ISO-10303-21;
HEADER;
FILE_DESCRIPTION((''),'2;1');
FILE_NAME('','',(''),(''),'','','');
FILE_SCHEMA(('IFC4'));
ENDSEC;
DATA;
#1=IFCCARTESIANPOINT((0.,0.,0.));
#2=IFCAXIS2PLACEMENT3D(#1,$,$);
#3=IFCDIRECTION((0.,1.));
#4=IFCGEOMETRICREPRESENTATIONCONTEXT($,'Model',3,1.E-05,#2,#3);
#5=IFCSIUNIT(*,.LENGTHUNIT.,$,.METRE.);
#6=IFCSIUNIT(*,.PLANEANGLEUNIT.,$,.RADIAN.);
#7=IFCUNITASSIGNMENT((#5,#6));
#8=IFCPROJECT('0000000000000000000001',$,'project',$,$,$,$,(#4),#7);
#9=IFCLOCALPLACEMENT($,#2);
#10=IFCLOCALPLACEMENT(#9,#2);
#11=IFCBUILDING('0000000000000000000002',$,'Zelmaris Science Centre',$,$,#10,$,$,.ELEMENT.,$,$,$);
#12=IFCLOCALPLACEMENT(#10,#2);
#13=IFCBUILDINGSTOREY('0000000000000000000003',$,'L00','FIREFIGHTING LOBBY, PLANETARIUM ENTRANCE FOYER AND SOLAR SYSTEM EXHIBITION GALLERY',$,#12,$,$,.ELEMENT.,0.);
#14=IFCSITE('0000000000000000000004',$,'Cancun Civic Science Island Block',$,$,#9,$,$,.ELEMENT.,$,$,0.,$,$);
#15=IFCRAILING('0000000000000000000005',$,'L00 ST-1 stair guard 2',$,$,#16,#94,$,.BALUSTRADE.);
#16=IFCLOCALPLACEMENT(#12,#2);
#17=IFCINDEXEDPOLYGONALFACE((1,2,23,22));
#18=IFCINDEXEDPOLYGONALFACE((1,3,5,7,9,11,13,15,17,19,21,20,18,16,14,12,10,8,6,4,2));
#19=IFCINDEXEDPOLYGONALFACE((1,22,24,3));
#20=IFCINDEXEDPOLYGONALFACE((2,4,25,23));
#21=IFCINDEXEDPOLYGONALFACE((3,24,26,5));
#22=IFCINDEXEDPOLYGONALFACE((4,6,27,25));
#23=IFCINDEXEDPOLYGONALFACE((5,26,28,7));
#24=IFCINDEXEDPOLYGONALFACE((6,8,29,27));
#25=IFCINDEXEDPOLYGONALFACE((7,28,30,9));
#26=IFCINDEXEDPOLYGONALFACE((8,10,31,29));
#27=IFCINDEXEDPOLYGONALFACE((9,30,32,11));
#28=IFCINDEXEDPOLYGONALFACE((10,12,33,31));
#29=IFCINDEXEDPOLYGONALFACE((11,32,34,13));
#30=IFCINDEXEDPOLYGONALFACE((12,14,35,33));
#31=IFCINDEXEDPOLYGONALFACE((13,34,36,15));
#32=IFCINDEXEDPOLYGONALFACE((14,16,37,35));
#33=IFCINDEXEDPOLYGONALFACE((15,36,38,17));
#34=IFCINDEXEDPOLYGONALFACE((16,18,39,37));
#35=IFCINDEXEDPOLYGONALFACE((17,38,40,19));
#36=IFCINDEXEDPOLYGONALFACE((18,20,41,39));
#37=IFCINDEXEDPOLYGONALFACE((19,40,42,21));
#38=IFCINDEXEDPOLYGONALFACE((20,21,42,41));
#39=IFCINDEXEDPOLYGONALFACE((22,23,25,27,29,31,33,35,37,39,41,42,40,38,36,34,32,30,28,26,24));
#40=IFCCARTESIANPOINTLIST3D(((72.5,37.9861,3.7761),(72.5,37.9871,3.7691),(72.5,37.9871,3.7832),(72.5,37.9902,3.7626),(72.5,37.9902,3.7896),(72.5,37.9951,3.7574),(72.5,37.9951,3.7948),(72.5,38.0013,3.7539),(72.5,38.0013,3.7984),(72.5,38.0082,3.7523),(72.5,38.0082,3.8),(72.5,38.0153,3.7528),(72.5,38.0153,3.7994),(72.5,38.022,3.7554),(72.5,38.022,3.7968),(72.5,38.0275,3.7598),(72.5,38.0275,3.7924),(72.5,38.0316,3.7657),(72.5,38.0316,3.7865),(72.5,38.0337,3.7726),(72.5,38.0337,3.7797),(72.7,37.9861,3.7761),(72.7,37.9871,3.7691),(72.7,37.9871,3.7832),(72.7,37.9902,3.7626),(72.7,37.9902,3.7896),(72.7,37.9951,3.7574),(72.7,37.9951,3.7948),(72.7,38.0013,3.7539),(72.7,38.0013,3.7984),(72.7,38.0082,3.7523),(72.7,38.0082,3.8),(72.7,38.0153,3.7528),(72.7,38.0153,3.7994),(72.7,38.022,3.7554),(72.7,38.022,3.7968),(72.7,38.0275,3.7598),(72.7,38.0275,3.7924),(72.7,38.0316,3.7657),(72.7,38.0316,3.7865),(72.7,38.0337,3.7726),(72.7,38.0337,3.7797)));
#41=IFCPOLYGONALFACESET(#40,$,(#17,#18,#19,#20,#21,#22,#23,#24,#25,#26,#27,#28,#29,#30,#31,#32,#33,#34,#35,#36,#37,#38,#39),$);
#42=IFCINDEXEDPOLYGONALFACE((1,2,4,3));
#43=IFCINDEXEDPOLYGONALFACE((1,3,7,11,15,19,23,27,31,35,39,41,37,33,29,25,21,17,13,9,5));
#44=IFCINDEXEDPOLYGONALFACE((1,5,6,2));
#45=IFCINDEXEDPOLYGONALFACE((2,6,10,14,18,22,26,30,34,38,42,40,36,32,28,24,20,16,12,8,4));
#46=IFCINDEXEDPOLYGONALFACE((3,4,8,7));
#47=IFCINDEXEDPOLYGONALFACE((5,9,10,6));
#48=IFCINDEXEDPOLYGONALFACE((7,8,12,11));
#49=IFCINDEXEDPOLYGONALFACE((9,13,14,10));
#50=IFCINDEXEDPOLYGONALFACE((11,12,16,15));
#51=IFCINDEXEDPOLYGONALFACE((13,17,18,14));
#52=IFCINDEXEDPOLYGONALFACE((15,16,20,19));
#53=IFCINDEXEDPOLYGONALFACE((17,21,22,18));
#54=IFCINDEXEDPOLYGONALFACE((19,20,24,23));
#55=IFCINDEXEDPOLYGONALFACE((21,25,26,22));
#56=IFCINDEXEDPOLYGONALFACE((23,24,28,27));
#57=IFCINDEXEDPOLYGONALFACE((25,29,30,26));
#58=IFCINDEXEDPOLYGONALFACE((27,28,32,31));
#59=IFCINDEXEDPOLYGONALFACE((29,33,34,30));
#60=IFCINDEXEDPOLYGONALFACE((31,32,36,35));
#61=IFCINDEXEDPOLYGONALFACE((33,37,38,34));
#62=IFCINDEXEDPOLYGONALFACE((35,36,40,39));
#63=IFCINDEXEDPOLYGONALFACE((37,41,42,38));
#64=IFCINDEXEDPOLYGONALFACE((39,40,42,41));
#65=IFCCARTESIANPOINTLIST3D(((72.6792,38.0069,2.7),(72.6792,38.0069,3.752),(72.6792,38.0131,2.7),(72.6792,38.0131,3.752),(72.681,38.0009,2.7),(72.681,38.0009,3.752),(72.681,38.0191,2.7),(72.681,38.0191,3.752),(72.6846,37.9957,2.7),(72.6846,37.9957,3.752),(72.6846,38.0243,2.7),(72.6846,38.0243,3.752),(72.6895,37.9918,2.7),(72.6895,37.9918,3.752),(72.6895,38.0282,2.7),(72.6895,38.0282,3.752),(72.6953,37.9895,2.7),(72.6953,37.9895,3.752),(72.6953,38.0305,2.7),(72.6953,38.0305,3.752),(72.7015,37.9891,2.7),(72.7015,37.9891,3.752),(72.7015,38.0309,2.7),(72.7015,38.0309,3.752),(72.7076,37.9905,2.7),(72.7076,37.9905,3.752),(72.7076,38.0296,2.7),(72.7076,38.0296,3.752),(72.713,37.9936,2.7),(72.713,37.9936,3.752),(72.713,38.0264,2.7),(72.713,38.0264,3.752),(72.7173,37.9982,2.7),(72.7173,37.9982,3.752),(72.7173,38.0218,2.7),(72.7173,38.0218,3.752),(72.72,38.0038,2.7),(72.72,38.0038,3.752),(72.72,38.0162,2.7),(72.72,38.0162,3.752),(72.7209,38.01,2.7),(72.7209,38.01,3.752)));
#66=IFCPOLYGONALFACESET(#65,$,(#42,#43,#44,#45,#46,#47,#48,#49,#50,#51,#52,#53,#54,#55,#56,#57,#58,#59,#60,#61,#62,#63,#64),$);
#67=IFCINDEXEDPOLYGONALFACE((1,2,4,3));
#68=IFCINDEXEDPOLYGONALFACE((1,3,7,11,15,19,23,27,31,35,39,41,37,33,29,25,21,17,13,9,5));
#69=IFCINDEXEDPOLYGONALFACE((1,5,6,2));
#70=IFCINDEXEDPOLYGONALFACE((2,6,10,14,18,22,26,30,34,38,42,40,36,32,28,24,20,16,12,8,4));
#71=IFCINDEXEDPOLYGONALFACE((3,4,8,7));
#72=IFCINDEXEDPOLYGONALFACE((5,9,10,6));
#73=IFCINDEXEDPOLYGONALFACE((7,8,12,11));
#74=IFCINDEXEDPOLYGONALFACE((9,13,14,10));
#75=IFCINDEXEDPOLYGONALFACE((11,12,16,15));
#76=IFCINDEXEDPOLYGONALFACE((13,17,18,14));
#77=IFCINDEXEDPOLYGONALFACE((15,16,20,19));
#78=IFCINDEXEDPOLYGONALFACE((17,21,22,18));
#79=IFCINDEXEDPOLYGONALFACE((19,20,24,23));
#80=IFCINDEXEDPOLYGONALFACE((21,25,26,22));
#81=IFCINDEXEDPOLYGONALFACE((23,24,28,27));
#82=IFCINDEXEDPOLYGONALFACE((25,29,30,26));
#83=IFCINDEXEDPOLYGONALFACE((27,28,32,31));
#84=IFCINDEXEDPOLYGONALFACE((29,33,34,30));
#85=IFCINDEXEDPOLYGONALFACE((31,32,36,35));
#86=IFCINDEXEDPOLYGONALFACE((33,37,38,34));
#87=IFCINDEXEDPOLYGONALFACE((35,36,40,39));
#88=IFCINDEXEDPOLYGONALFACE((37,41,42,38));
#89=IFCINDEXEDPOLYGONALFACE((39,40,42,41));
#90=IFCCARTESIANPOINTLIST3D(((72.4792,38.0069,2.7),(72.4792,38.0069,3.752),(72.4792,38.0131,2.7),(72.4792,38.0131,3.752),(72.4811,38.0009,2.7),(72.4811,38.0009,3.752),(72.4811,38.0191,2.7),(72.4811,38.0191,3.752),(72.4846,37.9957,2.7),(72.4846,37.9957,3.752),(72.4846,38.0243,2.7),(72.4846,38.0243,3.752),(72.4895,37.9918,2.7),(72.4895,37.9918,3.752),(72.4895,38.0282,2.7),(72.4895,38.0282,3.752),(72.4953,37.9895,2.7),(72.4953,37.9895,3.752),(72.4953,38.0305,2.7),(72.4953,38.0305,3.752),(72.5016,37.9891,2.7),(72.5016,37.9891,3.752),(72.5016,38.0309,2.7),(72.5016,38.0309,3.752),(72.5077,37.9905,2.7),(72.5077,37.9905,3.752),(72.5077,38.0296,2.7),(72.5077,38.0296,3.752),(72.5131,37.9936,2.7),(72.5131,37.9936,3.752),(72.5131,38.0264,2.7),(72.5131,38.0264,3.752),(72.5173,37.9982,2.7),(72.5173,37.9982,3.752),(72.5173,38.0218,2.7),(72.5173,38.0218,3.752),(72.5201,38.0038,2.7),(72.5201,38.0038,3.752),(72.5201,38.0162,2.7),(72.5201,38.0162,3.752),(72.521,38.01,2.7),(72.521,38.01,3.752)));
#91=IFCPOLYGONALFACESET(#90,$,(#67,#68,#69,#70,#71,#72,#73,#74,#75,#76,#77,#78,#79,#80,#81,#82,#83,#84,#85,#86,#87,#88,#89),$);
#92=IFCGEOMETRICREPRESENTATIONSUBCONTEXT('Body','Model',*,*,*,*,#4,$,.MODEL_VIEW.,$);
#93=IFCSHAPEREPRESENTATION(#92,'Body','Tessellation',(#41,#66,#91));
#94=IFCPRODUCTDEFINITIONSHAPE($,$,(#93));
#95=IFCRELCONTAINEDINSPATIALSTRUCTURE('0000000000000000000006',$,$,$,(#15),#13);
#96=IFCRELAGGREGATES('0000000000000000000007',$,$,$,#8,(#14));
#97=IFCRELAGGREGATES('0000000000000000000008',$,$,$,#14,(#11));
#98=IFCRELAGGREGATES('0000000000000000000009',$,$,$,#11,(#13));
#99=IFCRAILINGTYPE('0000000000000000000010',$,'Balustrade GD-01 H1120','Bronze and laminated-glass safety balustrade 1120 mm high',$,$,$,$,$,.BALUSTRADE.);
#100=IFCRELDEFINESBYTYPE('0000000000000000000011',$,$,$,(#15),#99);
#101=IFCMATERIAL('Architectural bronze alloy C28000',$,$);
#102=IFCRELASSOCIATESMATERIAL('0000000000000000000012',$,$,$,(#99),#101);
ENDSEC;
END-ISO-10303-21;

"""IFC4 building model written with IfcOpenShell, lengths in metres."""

from ifc_helpers import new_model, si_unit, direction, frame, origin, origin_2d, place, context, subcontext, project, spatial, circle, extrude, material, type_object, element, save


model = new_model("IFC4")

# Units and contexts
model_context = context("Model", 3, precision=1e-05, world=origin(), true_north=direction((0.0, 1.0)))
body_context = subcontext(model_context, "Body", "Model", "MODEL_VIEW")
ifc_project = project(units=[si_unit("LENGTHUNIT", "METRE"), si_unit("PLANEANGLEUNIT", "RADIAN")], contexts=[model_context])

# Site, building, storey
site_placement = place(None, origin())
site = spatial("IfcSite", under=ifc_project, at=site_placement, Name="Cancun Civic Science Island Block", CompositionType="ELEMENT", RefElevation=0.0)
building_placement = place(site_placement, origin())
building = spatial("IfcBuilding", under=site, at=building_placement, Name="Zelmaris Science Centre", CompositionType="ELEMENT")
storey_placement = place(building_placement, origin())
storey = spatial("IfcBuildingStorey", under=building, at=storey_placement, Name="L00", Description="FIREFIGHTING LOBBY, PLANETARIUM ENTRANCE FOYER AND SOLAR SYSTEM EXHIBITION GALLERY", CompositionType="ELEMENT", Elevation=0.0)

# Railing
ifc_material_1 = material(Name="Architectural bronze alloy C28000")
railing_type_1 = type_object("IfcRailingType", Name="Balustrade GD-01 H1120", Description="Bronze and laminated-glass safety balustrade 1120 mm high", PredefinedType="BALUSTRADE", material=ifc_material_1)
railing_1_placement = place(storey_placement, frame((72.7, 38.01, 2.7)))
element("IfcRailing", 1, at=railing_1_placement, inside=storey, type_object=railing_type_1, Name="L00 ST-1 stair guard 2", PredefinedType="BALUSTRADE", context=body_context, shape_type="SweptSolid", body=[
    extrude(circle(Radius=0.0239, at=origin_2d()), frame((0.0, 0.0, 1.0762), z_axis=(-1.0, 0.0, 0.0), x_axis=(0.0, -1.0, 0.0)), (0.0, 0.0, 1.0), 0.2),
    extrude(circle(Radius=0.021, at=origin_2d()), origin(), (0.0, 0.0, 1.0), 1.052),
    extrude(circle(Radius=0.021, at=origin_2d()), frame((-0.2, 0.0, 0.0)), (0.0, 0.0, 1.0), 1.052),
])

save(model, "model.ifc")
